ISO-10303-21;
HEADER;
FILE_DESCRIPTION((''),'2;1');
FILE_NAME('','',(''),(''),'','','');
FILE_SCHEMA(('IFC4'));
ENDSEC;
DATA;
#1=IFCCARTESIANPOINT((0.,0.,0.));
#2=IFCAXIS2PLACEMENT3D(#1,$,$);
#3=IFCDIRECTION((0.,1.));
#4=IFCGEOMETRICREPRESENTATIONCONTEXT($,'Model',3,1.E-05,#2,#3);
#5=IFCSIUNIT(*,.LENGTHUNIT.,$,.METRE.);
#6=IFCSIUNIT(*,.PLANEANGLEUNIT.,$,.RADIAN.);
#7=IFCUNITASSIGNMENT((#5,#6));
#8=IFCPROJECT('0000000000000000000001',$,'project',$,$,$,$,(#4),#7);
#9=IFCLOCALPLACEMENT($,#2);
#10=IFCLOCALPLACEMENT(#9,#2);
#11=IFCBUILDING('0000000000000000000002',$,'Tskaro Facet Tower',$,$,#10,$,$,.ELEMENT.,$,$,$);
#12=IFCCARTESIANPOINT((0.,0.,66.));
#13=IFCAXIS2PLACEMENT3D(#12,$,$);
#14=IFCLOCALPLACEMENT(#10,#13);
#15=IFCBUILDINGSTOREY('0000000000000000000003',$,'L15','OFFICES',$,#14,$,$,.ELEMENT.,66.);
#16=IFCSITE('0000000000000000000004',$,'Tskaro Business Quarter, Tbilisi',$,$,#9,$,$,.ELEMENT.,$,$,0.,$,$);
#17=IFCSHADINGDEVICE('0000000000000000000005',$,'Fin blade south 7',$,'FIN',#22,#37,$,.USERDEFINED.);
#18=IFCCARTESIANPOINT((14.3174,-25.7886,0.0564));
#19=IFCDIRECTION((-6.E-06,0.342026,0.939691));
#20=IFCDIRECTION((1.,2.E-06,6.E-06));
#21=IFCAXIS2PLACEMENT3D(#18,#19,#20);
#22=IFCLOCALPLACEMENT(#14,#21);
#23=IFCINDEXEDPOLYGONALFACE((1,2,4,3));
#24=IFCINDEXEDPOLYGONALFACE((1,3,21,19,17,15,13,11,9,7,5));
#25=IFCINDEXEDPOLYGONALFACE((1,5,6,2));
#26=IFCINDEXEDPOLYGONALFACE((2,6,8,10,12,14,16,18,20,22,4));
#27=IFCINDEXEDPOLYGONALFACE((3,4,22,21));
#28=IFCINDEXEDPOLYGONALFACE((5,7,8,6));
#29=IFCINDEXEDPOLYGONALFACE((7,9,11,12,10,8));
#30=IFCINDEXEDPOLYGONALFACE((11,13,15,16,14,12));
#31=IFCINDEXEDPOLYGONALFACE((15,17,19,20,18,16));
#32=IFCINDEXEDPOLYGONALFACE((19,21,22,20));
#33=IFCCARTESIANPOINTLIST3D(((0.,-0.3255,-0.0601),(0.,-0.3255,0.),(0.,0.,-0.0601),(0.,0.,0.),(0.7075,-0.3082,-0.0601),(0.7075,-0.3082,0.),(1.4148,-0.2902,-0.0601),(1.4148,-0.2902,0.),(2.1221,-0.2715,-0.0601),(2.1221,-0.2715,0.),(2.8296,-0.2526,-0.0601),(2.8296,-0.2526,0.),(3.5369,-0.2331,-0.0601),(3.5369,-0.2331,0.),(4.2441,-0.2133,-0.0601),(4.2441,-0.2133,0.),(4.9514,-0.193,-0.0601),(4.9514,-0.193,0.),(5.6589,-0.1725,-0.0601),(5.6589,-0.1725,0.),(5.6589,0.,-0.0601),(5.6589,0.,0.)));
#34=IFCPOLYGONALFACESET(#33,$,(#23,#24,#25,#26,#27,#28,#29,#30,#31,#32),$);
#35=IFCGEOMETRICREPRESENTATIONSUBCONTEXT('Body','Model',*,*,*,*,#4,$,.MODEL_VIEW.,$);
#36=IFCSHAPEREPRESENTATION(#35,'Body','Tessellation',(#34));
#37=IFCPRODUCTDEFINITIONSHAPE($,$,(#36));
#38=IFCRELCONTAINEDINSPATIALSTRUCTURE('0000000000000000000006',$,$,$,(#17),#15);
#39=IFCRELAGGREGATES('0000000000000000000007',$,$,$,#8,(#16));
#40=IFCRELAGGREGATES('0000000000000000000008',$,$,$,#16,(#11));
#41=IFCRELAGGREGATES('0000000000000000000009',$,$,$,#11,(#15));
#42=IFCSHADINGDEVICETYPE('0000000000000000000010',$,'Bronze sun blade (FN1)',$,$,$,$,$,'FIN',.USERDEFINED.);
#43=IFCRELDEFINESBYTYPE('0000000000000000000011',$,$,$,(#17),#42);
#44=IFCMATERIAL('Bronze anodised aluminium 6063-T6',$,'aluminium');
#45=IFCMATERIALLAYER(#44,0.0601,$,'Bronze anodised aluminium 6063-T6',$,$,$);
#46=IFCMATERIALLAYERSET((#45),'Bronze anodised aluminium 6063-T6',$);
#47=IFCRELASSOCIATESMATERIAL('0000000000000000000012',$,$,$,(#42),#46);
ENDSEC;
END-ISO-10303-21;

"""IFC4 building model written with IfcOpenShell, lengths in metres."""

from ifc_helpers import new_model, si_unit, direction, frame, origin, place, context, subcontext, project, spatial, polyline, outline, extrude, material, layer, layer_set, type_object, element, save


model = new_model("IFC4")

# Units and contexts
model_context = context("Model", 3, precision=1e-05, world=origin(), true_north=direction((0.0, 1.0)))
body_context = subcontext(model_context, "Body", "Model", "MODEL_VIEW")
ifc_project = project(units=[si_unit("LENGTHUNIT", "METRE"), si_unit("PLANEANGLEUNIT", "RADIAN")], contexts=[model_context])

# Site, building, storey
site_placement = place(None, origin())
site = spatial("IfcSite", under=ifc_project, at=site_placement, Name="Tskaro Business Quarter, Tbilisi", CompositionType="ELEMENT", RefElevation=0.0)
building_placement = place(site_placement, origin())
building = spatial("IfcBuilding", under=site, at=building_placement, Name="Tskaro Facet Tower", CompositionType="ELEMENT")
storey_placement = place(building_placement, frame((0.0, 0.0, 66.0)))
storey = spatial("IfcBuildingStorey", under=building, at=storey_placement, Name="L15", Description="OFFICES", CompositionType="ELEMENT", Elevation=66.0)

# Shared definitions
ifc_material_1 = material(Name="Bronze anodised aluminium 6063-T6", Category="aluminium")

# Shading device
ifc_layer_1 = layer(ifc_material_1, 0.0601, Name="Bronze anodised aluminium 6063-T6")
ifc_layer_set_1 = layer_set([ifc_layer_1], Name="Bronze anodised aluminium 6063-T6")
shading_device_type = type_object("IfcShadingDeviceType", Name="Bronze sun blade (FN1)", ElementType="FIN", PredefinedType="USERDEFINED", material=ifc_layer_set_1)
shading_device_1_placement = place(storey_placement, frame((14.3174, -25.7886, 0.0564), z_axis=(-0.000006, 0.342026, 0.939691), x_axis=(1.0, 0.000002, 0.000006)))
element("IfcShadingDevice", 1, at=shading_device_1_placement, inside=storey, type_object=shading_device_type, Name="Fin blade south 7", ObjectType="FIN", PredefinedType="USERDEFINED", context=body_context, shape_type="SweptSolid", body=[
    extrude(outline(polyline([(0.0, 0.0), (5.6589, 0.0), (5.6589, -0.1725), (4.9514, -0.193), (4.2441, -0.2133), (3.5369, -0.2331), (2.8296, -0.2526), (2.1221, -0.2715), (1.4148, -0.2902), (0.7075, -0.3082), (0.0, -0.3255), (0.0, 0.0)])), origin(), (0.0, 0.0, -1.0), 0.0601),
])

save(model, "model.ifc")
